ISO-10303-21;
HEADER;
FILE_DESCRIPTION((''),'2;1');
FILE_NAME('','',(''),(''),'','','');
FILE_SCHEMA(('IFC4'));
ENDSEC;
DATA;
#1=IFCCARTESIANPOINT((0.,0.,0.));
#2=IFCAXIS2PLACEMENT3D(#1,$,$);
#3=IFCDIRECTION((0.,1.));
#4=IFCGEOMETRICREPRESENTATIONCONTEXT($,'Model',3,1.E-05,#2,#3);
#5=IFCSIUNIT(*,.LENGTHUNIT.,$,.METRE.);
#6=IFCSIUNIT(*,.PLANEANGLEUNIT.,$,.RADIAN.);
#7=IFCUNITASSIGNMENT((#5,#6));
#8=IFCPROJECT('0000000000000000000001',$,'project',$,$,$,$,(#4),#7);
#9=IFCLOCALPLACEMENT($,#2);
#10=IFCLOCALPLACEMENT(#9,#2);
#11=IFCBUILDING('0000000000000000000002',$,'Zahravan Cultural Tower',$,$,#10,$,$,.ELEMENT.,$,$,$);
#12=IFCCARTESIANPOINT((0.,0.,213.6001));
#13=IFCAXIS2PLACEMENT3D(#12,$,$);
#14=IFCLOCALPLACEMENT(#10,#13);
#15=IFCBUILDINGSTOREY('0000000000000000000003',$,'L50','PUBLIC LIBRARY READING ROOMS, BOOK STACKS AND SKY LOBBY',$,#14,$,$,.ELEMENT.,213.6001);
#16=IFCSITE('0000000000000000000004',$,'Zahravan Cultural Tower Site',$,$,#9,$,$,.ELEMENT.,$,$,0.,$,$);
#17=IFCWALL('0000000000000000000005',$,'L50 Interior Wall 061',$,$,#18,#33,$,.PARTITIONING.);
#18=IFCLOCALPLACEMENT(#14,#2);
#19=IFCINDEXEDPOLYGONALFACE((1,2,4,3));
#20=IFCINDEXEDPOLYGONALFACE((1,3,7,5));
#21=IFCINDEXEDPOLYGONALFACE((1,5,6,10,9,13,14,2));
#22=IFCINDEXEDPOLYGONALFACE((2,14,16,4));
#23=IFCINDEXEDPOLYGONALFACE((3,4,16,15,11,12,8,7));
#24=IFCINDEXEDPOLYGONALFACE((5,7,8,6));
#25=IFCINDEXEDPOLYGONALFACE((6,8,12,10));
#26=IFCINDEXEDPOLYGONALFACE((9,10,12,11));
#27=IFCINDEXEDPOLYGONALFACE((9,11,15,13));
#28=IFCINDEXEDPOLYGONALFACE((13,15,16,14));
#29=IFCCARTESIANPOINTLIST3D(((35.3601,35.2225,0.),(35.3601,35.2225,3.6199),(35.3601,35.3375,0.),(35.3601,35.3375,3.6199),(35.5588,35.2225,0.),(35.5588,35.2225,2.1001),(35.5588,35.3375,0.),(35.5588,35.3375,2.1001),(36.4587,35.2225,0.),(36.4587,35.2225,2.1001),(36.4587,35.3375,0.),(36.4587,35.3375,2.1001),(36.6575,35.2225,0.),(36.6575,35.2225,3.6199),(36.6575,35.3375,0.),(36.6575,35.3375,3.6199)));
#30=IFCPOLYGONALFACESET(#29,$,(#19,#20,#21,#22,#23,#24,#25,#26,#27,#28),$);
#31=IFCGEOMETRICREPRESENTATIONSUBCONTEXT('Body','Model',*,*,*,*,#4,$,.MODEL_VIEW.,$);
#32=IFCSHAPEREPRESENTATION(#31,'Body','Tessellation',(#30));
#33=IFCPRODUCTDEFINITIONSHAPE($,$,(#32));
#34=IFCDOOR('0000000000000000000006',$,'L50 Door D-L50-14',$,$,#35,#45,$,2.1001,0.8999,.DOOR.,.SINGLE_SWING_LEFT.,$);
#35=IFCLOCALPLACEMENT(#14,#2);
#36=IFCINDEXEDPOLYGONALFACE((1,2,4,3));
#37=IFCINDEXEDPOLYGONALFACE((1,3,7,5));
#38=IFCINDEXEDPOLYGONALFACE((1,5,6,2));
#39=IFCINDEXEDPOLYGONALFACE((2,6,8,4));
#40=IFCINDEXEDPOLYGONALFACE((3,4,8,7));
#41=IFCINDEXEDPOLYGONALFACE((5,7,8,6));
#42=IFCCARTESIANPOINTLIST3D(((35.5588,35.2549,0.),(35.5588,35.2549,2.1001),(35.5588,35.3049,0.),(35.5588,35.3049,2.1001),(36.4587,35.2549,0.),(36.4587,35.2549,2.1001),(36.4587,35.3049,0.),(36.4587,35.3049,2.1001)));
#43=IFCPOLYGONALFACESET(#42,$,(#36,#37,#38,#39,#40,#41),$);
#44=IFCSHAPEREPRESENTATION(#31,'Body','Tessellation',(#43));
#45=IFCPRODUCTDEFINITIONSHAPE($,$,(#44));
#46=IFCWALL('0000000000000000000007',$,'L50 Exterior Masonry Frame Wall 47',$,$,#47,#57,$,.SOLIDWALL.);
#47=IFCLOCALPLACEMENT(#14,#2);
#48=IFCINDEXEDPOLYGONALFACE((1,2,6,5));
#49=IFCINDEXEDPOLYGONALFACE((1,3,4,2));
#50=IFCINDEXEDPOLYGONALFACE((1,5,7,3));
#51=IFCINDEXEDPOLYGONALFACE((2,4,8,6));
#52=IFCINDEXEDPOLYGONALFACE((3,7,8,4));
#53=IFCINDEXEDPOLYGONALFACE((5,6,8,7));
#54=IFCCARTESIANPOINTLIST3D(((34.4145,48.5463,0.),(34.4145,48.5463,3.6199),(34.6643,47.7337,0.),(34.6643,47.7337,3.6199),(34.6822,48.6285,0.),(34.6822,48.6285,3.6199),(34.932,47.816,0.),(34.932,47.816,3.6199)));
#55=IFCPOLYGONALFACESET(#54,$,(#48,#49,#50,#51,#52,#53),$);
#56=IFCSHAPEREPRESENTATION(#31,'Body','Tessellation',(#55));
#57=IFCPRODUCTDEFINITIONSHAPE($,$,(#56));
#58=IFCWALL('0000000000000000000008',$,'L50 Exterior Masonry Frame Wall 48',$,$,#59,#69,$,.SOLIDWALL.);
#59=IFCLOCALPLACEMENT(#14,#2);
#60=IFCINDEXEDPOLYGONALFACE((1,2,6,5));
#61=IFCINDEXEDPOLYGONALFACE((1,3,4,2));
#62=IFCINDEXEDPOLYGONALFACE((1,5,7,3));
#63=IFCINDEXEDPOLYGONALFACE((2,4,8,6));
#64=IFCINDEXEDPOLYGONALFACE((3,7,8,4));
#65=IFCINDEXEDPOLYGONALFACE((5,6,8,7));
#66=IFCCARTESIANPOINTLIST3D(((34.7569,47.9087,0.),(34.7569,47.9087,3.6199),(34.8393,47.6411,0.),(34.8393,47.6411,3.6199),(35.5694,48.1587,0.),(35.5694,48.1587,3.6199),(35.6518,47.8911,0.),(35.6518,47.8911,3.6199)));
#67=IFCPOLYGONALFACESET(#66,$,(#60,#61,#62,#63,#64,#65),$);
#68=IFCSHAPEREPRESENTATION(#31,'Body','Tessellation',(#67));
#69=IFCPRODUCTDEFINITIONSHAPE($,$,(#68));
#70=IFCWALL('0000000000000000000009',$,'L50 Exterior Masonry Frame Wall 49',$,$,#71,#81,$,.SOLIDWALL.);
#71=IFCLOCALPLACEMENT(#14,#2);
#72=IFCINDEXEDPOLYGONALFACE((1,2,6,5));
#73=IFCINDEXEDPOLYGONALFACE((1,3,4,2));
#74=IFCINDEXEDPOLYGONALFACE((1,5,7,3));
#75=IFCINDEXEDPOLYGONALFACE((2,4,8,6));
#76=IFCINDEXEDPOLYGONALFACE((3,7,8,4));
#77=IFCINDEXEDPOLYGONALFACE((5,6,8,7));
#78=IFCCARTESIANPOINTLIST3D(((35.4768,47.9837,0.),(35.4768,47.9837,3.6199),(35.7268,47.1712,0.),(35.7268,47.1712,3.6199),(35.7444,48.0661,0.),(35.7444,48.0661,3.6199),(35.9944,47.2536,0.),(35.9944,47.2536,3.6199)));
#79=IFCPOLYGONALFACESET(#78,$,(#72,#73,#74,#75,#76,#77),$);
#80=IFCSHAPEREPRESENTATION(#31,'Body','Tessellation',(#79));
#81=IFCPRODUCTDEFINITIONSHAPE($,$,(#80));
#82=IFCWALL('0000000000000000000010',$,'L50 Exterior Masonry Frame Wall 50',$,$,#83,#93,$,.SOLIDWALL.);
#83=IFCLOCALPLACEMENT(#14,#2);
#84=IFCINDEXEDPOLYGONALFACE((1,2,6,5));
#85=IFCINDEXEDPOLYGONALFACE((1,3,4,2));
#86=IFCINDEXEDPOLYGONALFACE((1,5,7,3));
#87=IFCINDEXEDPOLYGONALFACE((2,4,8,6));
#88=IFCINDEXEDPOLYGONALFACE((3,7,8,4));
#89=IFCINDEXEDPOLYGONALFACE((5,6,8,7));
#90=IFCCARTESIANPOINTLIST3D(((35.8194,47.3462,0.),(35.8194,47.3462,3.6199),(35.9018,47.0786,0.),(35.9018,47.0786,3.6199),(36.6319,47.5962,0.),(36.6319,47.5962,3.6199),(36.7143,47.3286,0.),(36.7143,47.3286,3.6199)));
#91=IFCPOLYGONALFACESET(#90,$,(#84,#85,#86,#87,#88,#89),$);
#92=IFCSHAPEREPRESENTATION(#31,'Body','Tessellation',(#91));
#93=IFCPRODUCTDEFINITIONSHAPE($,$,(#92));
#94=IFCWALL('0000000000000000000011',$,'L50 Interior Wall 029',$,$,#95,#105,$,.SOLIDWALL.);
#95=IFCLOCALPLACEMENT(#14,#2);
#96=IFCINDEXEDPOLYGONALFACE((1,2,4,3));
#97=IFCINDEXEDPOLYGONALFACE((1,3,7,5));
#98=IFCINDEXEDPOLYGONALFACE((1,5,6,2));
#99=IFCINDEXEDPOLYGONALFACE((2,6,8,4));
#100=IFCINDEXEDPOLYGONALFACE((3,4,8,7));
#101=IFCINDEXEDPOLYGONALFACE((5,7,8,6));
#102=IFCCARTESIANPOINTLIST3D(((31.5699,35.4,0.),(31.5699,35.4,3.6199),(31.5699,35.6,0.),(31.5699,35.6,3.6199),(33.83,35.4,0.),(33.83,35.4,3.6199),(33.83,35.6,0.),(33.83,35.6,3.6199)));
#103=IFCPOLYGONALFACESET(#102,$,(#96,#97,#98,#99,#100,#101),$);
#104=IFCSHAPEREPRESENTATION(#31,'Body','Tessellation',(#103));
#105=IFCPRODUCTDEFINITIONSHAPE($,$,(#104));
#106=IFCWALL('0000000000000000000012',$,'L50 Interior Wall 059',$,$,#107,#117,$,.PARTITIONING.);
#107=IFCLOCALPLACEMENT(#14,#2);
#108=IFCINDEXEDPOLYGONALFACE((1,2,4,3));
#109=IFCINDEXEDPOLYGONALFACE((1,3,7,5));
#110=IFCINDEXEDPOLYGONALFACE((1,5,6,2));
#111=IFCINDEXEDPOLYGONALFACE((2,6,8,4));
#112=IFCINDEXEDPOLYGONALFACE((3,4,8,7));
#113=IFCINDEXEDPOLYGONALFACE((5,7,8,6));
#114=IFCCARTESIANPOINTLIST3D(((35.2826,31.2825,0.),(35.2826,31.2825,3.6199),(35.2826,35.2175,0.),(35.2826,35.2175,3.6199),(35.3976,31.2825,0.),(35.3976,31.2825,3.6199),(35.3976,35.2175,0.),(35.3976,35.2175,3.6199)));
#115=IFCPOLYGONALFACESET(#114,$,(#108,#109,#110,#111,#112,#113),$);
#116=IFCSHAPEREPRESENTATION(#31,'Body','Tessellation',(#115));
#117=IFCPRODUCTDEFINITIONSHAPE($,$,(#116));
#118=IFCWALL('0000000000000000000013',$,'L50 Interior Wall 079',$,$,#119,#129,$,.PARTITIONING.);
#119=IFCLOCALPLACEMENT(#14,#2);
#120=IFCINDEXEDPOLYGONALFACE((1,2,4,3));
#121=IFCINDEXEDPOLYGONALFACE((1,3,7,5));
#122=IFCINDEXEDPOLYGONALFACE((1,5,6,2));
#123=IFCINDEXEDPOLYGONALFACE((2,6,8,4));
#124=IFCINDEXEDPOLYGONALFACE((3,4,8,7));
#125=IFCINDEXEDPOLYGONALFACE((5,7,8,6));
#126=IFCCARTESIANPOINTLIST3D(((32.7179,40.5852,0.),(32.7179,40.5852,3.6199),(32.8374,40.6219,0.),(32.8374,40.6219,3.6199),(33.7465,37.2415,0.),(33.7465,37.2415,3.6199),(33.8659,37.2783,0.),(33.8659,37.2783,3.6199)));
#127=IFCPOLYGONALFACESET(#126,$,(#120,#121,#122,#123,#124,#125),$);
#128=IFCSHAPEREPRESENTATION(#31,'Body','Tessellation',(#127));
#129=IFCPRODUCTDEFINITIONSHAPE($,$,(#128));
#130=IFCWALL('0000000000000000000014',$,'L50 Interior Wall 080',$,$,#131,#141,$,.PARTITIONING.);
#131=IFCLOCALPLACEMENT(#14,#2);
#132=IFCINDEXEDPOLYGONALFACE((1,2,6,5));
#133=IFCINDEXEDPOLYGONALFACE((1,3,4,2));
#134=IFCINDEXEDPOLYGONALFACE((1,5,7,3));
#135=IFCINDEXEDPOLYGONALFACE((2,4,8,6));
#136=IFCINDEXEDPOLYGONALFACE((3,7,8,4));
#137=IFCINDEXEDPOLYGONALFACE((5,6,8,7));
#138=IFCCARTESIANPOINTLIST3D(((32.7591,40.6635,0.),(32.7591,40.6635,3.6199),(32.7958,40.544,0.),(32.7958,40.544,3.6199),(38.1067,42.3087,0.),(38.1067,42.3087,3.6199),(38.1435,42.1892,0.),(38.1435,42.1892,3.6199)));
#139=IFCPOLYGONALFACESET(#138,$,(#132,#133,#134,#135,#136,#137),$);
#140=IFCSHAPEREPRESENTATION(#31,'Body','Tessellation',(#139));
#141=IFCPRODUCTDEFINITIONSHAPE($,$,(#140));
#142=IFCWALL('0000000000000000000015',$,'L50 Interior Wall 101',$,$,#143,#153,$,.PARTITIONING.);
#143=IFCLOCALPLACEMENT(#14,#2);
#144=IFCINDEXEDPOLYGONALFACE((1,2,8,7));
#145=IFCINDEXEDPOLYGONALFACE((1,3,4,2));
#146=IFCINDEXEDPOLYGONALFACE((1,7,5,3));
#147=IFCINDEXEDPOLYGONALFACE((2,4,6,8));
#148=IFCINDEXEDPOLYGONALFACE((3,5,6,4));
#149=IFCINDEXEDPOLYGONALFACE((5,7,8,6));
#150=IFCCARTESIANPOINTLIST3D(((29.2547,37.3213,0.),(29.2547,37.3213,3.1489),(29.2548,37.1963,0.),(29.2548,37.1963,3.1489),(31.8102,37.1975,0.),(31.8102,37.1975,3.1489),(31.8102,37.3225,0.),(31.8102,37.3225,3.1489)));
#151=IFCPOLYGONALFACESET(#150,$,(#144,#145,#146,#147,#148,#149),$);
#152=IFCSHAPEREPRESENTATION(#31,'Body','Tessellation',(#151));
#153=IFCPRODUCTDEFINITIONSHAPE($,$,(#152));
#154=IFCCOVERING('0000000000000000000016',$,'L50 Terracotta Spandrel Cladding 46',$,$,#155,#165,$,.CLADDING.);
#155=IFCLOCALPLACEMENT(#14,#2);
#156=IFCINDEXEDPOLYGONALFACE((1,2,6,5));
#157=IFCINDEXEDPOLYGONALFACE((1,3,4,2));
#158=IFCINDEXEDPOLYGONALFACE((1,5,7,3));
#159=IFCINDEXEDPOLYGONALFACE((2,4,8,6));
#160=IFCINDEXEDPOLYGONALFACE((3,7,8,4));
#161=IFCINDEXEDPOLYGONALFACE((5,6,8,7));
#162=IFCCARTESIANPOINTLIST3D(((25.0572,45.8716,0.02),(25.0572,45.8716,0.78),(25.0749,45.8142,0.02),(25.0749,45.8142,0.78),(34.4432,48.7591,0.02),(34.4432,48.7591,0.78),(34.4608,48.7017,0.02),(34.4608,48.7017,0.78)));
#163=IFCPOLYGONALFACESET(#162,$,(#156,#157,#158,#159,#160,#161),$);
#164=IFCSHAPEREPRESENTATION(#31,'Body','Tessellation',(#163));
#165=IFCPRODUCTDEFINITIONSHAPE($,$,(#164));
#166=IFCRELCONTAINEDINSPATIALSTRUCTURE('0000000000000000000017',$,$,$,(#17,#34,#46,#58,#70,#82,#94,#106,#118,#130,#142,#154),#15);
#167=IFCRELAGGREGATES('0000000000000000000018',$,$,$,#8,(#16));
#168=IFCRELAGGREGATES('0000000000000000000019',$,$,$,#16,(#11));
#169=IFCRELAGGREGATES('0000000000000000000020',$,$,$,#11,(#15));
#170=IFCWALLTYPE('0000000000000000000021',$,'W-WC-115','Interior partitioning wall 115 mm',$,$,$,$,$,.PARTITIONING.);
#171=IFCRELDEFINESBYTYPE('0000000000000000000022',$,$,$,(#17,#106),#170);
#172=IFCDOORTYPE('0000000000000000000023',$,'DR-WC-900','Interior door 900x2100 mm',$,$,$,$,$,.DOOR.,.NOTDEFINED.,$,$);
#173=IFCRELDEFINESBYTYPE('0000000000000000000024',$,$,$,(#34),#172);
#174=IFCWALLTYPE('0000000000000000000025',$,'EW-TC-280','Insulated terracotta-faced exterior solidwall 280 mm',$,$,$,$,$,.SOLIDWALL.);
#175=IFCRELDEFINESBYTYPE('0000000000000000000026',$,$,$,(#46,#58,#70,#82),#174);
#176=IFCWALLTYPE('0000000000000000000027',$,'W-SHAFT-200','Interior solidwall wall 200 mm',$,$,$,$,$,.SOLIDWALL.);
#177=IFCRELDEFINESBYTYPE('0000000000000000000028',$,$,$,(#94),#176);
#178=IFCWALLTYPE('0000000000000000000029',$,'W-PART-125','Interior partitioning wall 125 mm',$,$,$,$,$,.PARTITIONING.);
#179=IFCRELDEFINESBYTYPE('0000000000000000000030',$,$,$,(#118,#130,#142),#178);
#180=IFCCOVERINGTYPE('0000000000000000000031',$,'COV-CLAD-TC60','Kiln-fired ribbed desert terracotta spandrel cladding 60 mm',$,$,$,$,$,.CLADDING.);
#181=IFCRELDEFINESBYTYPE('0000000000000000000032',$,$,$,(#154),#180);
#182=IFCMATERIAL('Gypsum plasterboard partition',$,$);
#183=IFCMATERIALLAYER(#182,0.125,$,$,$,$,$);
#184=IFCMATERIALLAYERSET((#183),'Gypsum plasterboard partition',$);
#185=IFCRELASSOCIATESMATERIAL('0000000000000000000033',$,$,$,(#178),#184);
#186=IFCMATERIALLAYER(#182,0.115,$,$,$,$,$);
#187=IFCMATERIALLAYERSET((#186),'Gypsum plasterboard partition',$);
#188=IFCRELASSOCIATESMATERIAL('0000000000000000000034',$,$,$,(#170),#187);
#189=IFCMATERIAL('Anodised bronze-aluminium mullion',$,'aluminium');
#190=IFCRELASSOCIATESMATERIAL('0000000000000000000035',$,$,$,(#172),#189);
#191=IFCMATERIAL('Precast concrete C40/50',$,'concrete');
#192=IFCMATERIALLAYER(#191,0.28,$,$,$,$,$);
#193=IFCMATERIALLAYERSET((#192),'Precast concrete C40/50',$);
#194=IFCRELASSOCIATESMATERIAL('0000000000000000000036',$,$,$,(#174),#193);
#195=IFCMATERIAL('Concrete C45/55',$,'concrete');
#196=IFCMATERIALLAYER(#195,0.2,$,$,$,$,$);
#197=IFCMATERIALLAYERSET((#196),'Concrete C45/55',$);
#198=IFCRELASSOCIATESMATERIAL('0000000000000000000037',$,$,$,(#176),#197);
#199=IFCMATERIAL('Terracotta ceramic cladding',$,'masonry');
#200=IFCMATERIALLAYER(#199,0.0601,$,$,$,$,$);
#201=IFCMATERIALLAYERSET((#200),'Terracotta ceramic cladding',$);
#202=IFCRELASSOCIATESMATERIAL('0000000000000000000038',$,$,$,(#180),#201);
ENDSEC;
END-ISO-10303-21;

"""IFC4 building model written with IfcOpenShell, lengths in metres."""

from ifc_helpers import new_model, si_unit, direction, frame, frame_2d, origin, origin_2d, place, context, subcontext, project, spatial, rectangle, extrude, source, transform, mapped, material, layer, layer_set, type_object, element, fill, save


model = new_model("IFC4")

# Units and contexts
model_context = context("Model", 3, precision=1e-05, world=origin(), true_north=direction((0.0, 1.0)))
body_context = subcontext(model_context, "Body", "Model", "MODEL_VIEW")
ifc_project = project(units=[si_unit("LENGTHUNIT", "METRE"), si_unit("PLANEANGLEUNIT", "RADIAN")], contexts=[model_context])

# Site, building, storey
site_placement = place(None, origin())
site = spatial("IfcSite", under=ifc_project, at=site_placement, Name="Zahravan Cultural Tower Site", CompositionType="ELEMENT", RefElevation=0.0)
building_placement = place(site_placement, origin())
building = spatial("IfcBuilding", under=site, at=building_placement, Name="Zahravan Cultural Tower", CompositionType="ELEMENT")
storey_placement = place(building_placement, frame((0.0, 0.0, 213.6001)))
storey = spatial("IfcBuildingStorey", under=building, at=storey_placement, Name="L50", Description="PUBLIC LIBRARY READING ROOMS, BOOK STACKS AND SKY LOBBY", CompositionType="ELEMENT", Elevation=213.6001)

# Wall, opening, door
ifc_material_1 = material(Name="Gypsum plasterboard partition")
ifc_layer_1 = layer(ifc_material_1, 0.125)
ifc_layer_set_1 = layer_set([ifc_layer_1], Name="Gypsum plasterboard partition")
wall_type_1 = type_object("IfcWallType", Name="W-PART-125", Description="Interior partitioning wall 125 mm", PredefinedType="PARTITIONING", material=ifc_layer_set_1)
ifc_material_2 = material(Name="Anodised bronze-aluminium mullion", Category="aluminium")
ifc_layer_2 = layer(ifc_material_1, 0.115)
ifc_layer_set_2 = layer_set([ifc_layer_2], Name="Gypsum plasterboard partition")
wall_type_2 = type_object("IfcWallType", Name="W-WC-115", Description="Interior partitioning wall 115 mm", PredefinedType="PARTITIONING", material=ifc_layer_set_2)
door_type_1 = type_object("IfcDoorType", Name="DR-WC-900", Description="Interior door 900x2100 mm", OperationType="NOTDEFINED", PredefinedType="DOOR", material=ifc_material_2)
shared_shape_1 = source(origin(), body_context, "Body", "SweptSolid", [
    extrude(rectangle(XDim=0.8999, YDim=2.1001, at=frame_2d((0.45, 1.05))), frame((0.0, 0.0249, 0.0), z_axis=(0.0, -1.0, 0.0), x_axis=(1.0, 0.0, 0.0)), (0.0, 0.0, 1.0), 0.05),
])
wall_1_placement = place(storey_placement, frame((35.3601, 35.28, 0.0), z_axis=(0.0, 0.0, 1.0), x_axis=(1.0, 0.0, 0.0)))
wall_1 = element("IfcWall", 1, at=wall_1_placement, inside=storey, type_object=wall_type_2, Name="L50 Interior Wall 061", PredefinedType="PARTITIONING", context=body_context, shape_type="SweptSolid", body=[
    extrude(rectangle(XDim=1.2974, YDim=0.115, at=frame_2d((0.6487, 0.0))), origin(), (0.0, 0.0, 1.0), 3.6199),
])
opening_1_placement = place(wall_1_placement, frame((0.1987, 0.0, 0.0)))
opening_1 = element("IfcOpeningElement", 2, at=opening_1_placement, cuts=wall_1, PredefinedType="OPENING", context=body_context, shape_type="SweptSolid", body=[
    extrude(rectangle(XDim=0.8999, YDim=2.1001, at=frame_2d((0.45, 1.05))), frame((0.0, 0.0674, 0.0), z_axis=(0.0, -1.0, 0.0), x_axis=(1.0, 0.0, 0.0)), (0.0, 0.0, 1.0), 0.135),
])
door_1_placement = place(opening_1_placement, origin())
door_1 = element("IfcDoor", 3, at=door_1_placement, inside=storey, type_object=door_type_1, Name="L50 Door D-L50-14", OperationType="SINGLE_SWING_LEFT", OverallHeight=2.1001, OverallWidth=0.8999, PredefinedType="DOOR", context=body_context, shape_type="MappedRepresentation", body=[
    mapped(shared_shape_1, transform((0.0, 0.0, 0.0), x_axis=(1.0, 0.0, 0.0), y_axis=(0.0, 1.0, 0.0), z_axis=(0.0, 0.0, 1.0), scale=1.0)),
])
fill(opening_1, door_1)

# Walls
ifc_material_3 = material(Name="Precast concrete C40/50", Category="concrete")
ifc_layer_3 = layer(ifc_material_3, 0.28)
ifc_layer_set_3 = layer_set([ifc_layer_3], Name="Precast concrete C40/50")
wall_type_3 = type_object("IfcWallType", Name="EW-TC-280", Description="Insulated terracotta-faced exterior solidwall 280 mm", PredefinedType="SOLIDWALL", material=ifc_layer_set_3)
shared_shape_2 = source(origin(), body_context, "Body", "SweptSolid", [
    extrude(rectangle(XDim=0.8501, YDim=0.28, at=frame_2d((0.425, 0.0))), origin(), (0.0, 0.0, 1.0), 3.6199),
])
for number, where, z_axis, x_axis, name in (
    (4, (34.5483, 48.5874, 0.0), (0.0, 0.0, 1.0), (0.293823, -0.95586, 0.0), "L50 Exterior Masonry Frame Wall 47"),
    (5, (34.7981, 47.7749, 0.0), (0.0, 0.0, 1.0), (0.955779, 0.294086, 0.0), "L50 Exterior Masonry Frame Wall 48"),
    (6, (35.6106, 48.0249, 0.0), (0.0, 0.0, 1.0), (0.294086, -0.955779, 0.0), "L50 Exterior Masonry Frame Wall 49"),
    (7, (35.8606, 47.2124, 0.0), (0.0, 0.0, 1.0), (0.955779, 0.294086, 0.0), "L50 Exterior Masonry Frame Wall 50"),
):
    element("IfcWall", number, at=place(storey_placement, frame(where, z_axis=z_axis, x_axis=x_axis)), inside=storey, type_object=wall_type_3, Name=name, PredefinedType="SOLIDWALL", context=body_context, shape_type="MappedRepresentation", body=[
        mapped(shared_shape_2, transform((0.0, 0.0, 0.0), x_axis=(1.0, 0.0, 0.0), y_axis=(0.0, 1.0, 0.0), z_axis=(0.0, 0.0, 1.0), scale=1.0)),
    ])
ifc_material_4 = material(Name="Concrete C45/55", Category="concrete")
ifc_layer_4 = layer(ifc_material_4, 0.2)
ifc_layer_set_4 = layer_set([ifc_layer_4], Name="Concrete C45/55")
wall_type_4 = type_object("IfcWallType", Name="W-SHAFT-200", Description="Interior solidwall wall 200 mm", PredefinedType="SOLIDWALL", material=ifc_layer_set_4)
shared_shape_3 = source(origin(), body_context, "Body", "SweptSolid", [
    extrude(rectangle(XDim=2.26, YDim=0.2, at=frame_2d((1.1299, 0.0))), origin(), (0.0, 0.0, 1.0), 3.6199),
])
wall_2_placement = place(storey_placement, frame((31.5701, 35.5, 0.0), z_axis=(0.0, 0.0, 1.0), x_axis=(1.0, 0.0, 0.0)))
element("IfcWall", 8, at=wall_2_placement, inside=storey, type_object=wall_type_4, Name="L50 Interior Wall 029", PredefinedType="SOLIDWALL", context=body_context, shape_type="MappedRepresentation", body=[
    mapped(shared_shape_3, transform((0.0, 0.0, 0.0), x_axis=(1.0, 0.0, 0.0), y_axis=(0.0, 1.0, 0.0), z_axis=(0.0, 0.0, 1.0), scale=1.0)),
])
shared_shape_4 = source(origin(), body_context, "Body", "SweptSolid", [
    extrude(rectangle(XDim=3.9351, YDim=0.115, at=frame_2d((1.9675, 0.0))), origin(), (0.0, 0.0, 1.0), 3.6199),
])
wall_3_placement = place(storey_placement, frame((35.3401, 35.2175, 0.0), z_axis=(0.0, 0.0, 1.0), x_axis=(0.0, -1.0, 0.0)))
element("IfcWall", 9, at=wall_3_placement, inside=storey, type_object=wall_type_2, Name="L50 Interior Wall 059", PredefinedType="PARTITIONING", context=body_context, shape_type="MappedRepresentation", body=[
    mapped(shared_shape_4, transform((0.0, 0.0, 0.0), x_axis=(1.0, 0.0, 0.0), y_axis=(0.0, 1.0, 0.0), z_axis=(0.0, 0.0, 1.0), scale=1.0)),
])
shared_shape_5 = source(origin(), body_context, "Body", "SweptSolid", [
    extrude(rectangle(XDim=3.4983, YDim=0.125, at=frame_2d((1.749, 0.0))), origin(), (0.0, 0.0, 1.0), 3.6199),
])
wall_4_placement = place(storey_placement, frame((33.8062, 37.26, 0.0), z_axis=(0.0, 0.0, 1.0), x_axis=(-0.294012, 0.955802, 0.0)))
element("IfcWall", 10, at=wall_4_placement, inside=storey, type_object=wall_type_1, Name="L50 Interior Wall 079", PredefinedType="PARTITIONING", context=body_context, shape_type="MappedRepresentation", body=[
    mapped(shared_shape_5, transform((0.0, 0.0, 0.0), x_axis=(1.0, 0.0, 0.0), y_axis=(0.0, 1.0, 0.0), z_axis=(0.0, 0.0, 1.0), scale=1.0)),
])
shared_shape_6 = source(origin(), body_context, "Body", "SweptSolid", [
    extrude(rectangle(XDim=5.595, YDim=0.125, at=frame_2d((2.7974, 0.0))), origin(), (0.0, 0.0, 1.0), 3.6199),
])
wall_5_placement = place(storey_placement, frame((32.7776, 40.6038, 0.0), z_axis=(0.0, 0.0, 1.0), x_axis=(0.955787, 0.294058, 0.0)))
element("IfcWall", 11, at=wall_5_placement, inside=storey, type_object=wall_type_1, Name="L50 Interior Wall 080", PredefinedType="PARTITIONING", context=body_context, shape_type="MappedRepresentation", body=[
    mapped(shared_shape_6, transform((0.0, 0.0, 0.0), x_axis=(1.0, 0.0, 0.0), y_axis=(0.0, 1.0, 0.0), z_axis=(0.0, 0.0, 1.0), scale=1.0)),
])
shared_shape_7 = source(origin(), body_context, "Body", "SweptSolid", [
    extrude(rectangle(XDim=2.5554, YDim=0.125, at=frame_2d((1.2778, 0.0))), origin(), (0.0, 0.0, 1.0), 3.1489),
])
wall_6_placement = place(storey_placement, frame((31.8103, 37.26, 0.0), z_axis=(0.0, 0.0, 1.0), x_axis=(-1.0, -0.000478, 0.0)))
element("IfcWall", 12, at=wall_6_placement, inside=storey, type_object=wall_type_1, Name="L50 Interior Wall 101", PredefinedType="PARTITIONING", context=body_context, shape_type="MappedRepresentation", body=[
    mapped(shared_shape_7, transform((0.0, 0.0, 0.0), x_axis=(1.0, 0.0, 0.0), y_axis=(0.0, 1.0, 0.0), z_axis=(0.0, 0.0, 1.0), scale=1.0)),
])

# Covering
ifc_material_5 = material(Name="Terracotta ceramic cladding", Category="masonry")
ifc_layer_5 = layer(ifc_material_5, 0.0601)
ifc_layer_set_5 = layer_set([ifc_layer_5], Name="Terracotta ceramic cladding")
covering_type = type_object("IfcCoveringType", Name="COV-CLAD-TC60", Description="Kiln-fired ribbed desert terracotta spandrel cladding 60 mm", PredefinedType="CLADDING", material=ifc_layer_set_5)
shared_shape_8 = source(origin(), body_context, "Body", "SweptSolid", [
    extrude(rectangle(XDim=9.8201, YDim=0.0601, at=origin_2d()), origin(), (0.0, 0.0, 1.0), 0.76),
])
covering_placement = place(storey_placement, frame((29.759, 47.2866, 0.02), z_axis=(0.0, 0.0, 1.0), x_axis=(0.955793, 0.29404, 0.0)))
element("IfcCovering", 13, at=covering_placement, inside=storey, type_object=covering_type, Name="L50 Terracotta Spandrel Cladding 46", PredefinedType="CLADDING", context=body_context, shape_type="MappedRepresentation", body=[
    mapped(shared_shape_8, transform((0.0, 0.0, 0.0), x_axis=(1.0, 0.0, 0.0), y_axis=(0.0, 1.0, 0.0), z_axis=(0.0, 0.0, 1.0), scale=1.0)),
])

save(model, "model.ifc")
